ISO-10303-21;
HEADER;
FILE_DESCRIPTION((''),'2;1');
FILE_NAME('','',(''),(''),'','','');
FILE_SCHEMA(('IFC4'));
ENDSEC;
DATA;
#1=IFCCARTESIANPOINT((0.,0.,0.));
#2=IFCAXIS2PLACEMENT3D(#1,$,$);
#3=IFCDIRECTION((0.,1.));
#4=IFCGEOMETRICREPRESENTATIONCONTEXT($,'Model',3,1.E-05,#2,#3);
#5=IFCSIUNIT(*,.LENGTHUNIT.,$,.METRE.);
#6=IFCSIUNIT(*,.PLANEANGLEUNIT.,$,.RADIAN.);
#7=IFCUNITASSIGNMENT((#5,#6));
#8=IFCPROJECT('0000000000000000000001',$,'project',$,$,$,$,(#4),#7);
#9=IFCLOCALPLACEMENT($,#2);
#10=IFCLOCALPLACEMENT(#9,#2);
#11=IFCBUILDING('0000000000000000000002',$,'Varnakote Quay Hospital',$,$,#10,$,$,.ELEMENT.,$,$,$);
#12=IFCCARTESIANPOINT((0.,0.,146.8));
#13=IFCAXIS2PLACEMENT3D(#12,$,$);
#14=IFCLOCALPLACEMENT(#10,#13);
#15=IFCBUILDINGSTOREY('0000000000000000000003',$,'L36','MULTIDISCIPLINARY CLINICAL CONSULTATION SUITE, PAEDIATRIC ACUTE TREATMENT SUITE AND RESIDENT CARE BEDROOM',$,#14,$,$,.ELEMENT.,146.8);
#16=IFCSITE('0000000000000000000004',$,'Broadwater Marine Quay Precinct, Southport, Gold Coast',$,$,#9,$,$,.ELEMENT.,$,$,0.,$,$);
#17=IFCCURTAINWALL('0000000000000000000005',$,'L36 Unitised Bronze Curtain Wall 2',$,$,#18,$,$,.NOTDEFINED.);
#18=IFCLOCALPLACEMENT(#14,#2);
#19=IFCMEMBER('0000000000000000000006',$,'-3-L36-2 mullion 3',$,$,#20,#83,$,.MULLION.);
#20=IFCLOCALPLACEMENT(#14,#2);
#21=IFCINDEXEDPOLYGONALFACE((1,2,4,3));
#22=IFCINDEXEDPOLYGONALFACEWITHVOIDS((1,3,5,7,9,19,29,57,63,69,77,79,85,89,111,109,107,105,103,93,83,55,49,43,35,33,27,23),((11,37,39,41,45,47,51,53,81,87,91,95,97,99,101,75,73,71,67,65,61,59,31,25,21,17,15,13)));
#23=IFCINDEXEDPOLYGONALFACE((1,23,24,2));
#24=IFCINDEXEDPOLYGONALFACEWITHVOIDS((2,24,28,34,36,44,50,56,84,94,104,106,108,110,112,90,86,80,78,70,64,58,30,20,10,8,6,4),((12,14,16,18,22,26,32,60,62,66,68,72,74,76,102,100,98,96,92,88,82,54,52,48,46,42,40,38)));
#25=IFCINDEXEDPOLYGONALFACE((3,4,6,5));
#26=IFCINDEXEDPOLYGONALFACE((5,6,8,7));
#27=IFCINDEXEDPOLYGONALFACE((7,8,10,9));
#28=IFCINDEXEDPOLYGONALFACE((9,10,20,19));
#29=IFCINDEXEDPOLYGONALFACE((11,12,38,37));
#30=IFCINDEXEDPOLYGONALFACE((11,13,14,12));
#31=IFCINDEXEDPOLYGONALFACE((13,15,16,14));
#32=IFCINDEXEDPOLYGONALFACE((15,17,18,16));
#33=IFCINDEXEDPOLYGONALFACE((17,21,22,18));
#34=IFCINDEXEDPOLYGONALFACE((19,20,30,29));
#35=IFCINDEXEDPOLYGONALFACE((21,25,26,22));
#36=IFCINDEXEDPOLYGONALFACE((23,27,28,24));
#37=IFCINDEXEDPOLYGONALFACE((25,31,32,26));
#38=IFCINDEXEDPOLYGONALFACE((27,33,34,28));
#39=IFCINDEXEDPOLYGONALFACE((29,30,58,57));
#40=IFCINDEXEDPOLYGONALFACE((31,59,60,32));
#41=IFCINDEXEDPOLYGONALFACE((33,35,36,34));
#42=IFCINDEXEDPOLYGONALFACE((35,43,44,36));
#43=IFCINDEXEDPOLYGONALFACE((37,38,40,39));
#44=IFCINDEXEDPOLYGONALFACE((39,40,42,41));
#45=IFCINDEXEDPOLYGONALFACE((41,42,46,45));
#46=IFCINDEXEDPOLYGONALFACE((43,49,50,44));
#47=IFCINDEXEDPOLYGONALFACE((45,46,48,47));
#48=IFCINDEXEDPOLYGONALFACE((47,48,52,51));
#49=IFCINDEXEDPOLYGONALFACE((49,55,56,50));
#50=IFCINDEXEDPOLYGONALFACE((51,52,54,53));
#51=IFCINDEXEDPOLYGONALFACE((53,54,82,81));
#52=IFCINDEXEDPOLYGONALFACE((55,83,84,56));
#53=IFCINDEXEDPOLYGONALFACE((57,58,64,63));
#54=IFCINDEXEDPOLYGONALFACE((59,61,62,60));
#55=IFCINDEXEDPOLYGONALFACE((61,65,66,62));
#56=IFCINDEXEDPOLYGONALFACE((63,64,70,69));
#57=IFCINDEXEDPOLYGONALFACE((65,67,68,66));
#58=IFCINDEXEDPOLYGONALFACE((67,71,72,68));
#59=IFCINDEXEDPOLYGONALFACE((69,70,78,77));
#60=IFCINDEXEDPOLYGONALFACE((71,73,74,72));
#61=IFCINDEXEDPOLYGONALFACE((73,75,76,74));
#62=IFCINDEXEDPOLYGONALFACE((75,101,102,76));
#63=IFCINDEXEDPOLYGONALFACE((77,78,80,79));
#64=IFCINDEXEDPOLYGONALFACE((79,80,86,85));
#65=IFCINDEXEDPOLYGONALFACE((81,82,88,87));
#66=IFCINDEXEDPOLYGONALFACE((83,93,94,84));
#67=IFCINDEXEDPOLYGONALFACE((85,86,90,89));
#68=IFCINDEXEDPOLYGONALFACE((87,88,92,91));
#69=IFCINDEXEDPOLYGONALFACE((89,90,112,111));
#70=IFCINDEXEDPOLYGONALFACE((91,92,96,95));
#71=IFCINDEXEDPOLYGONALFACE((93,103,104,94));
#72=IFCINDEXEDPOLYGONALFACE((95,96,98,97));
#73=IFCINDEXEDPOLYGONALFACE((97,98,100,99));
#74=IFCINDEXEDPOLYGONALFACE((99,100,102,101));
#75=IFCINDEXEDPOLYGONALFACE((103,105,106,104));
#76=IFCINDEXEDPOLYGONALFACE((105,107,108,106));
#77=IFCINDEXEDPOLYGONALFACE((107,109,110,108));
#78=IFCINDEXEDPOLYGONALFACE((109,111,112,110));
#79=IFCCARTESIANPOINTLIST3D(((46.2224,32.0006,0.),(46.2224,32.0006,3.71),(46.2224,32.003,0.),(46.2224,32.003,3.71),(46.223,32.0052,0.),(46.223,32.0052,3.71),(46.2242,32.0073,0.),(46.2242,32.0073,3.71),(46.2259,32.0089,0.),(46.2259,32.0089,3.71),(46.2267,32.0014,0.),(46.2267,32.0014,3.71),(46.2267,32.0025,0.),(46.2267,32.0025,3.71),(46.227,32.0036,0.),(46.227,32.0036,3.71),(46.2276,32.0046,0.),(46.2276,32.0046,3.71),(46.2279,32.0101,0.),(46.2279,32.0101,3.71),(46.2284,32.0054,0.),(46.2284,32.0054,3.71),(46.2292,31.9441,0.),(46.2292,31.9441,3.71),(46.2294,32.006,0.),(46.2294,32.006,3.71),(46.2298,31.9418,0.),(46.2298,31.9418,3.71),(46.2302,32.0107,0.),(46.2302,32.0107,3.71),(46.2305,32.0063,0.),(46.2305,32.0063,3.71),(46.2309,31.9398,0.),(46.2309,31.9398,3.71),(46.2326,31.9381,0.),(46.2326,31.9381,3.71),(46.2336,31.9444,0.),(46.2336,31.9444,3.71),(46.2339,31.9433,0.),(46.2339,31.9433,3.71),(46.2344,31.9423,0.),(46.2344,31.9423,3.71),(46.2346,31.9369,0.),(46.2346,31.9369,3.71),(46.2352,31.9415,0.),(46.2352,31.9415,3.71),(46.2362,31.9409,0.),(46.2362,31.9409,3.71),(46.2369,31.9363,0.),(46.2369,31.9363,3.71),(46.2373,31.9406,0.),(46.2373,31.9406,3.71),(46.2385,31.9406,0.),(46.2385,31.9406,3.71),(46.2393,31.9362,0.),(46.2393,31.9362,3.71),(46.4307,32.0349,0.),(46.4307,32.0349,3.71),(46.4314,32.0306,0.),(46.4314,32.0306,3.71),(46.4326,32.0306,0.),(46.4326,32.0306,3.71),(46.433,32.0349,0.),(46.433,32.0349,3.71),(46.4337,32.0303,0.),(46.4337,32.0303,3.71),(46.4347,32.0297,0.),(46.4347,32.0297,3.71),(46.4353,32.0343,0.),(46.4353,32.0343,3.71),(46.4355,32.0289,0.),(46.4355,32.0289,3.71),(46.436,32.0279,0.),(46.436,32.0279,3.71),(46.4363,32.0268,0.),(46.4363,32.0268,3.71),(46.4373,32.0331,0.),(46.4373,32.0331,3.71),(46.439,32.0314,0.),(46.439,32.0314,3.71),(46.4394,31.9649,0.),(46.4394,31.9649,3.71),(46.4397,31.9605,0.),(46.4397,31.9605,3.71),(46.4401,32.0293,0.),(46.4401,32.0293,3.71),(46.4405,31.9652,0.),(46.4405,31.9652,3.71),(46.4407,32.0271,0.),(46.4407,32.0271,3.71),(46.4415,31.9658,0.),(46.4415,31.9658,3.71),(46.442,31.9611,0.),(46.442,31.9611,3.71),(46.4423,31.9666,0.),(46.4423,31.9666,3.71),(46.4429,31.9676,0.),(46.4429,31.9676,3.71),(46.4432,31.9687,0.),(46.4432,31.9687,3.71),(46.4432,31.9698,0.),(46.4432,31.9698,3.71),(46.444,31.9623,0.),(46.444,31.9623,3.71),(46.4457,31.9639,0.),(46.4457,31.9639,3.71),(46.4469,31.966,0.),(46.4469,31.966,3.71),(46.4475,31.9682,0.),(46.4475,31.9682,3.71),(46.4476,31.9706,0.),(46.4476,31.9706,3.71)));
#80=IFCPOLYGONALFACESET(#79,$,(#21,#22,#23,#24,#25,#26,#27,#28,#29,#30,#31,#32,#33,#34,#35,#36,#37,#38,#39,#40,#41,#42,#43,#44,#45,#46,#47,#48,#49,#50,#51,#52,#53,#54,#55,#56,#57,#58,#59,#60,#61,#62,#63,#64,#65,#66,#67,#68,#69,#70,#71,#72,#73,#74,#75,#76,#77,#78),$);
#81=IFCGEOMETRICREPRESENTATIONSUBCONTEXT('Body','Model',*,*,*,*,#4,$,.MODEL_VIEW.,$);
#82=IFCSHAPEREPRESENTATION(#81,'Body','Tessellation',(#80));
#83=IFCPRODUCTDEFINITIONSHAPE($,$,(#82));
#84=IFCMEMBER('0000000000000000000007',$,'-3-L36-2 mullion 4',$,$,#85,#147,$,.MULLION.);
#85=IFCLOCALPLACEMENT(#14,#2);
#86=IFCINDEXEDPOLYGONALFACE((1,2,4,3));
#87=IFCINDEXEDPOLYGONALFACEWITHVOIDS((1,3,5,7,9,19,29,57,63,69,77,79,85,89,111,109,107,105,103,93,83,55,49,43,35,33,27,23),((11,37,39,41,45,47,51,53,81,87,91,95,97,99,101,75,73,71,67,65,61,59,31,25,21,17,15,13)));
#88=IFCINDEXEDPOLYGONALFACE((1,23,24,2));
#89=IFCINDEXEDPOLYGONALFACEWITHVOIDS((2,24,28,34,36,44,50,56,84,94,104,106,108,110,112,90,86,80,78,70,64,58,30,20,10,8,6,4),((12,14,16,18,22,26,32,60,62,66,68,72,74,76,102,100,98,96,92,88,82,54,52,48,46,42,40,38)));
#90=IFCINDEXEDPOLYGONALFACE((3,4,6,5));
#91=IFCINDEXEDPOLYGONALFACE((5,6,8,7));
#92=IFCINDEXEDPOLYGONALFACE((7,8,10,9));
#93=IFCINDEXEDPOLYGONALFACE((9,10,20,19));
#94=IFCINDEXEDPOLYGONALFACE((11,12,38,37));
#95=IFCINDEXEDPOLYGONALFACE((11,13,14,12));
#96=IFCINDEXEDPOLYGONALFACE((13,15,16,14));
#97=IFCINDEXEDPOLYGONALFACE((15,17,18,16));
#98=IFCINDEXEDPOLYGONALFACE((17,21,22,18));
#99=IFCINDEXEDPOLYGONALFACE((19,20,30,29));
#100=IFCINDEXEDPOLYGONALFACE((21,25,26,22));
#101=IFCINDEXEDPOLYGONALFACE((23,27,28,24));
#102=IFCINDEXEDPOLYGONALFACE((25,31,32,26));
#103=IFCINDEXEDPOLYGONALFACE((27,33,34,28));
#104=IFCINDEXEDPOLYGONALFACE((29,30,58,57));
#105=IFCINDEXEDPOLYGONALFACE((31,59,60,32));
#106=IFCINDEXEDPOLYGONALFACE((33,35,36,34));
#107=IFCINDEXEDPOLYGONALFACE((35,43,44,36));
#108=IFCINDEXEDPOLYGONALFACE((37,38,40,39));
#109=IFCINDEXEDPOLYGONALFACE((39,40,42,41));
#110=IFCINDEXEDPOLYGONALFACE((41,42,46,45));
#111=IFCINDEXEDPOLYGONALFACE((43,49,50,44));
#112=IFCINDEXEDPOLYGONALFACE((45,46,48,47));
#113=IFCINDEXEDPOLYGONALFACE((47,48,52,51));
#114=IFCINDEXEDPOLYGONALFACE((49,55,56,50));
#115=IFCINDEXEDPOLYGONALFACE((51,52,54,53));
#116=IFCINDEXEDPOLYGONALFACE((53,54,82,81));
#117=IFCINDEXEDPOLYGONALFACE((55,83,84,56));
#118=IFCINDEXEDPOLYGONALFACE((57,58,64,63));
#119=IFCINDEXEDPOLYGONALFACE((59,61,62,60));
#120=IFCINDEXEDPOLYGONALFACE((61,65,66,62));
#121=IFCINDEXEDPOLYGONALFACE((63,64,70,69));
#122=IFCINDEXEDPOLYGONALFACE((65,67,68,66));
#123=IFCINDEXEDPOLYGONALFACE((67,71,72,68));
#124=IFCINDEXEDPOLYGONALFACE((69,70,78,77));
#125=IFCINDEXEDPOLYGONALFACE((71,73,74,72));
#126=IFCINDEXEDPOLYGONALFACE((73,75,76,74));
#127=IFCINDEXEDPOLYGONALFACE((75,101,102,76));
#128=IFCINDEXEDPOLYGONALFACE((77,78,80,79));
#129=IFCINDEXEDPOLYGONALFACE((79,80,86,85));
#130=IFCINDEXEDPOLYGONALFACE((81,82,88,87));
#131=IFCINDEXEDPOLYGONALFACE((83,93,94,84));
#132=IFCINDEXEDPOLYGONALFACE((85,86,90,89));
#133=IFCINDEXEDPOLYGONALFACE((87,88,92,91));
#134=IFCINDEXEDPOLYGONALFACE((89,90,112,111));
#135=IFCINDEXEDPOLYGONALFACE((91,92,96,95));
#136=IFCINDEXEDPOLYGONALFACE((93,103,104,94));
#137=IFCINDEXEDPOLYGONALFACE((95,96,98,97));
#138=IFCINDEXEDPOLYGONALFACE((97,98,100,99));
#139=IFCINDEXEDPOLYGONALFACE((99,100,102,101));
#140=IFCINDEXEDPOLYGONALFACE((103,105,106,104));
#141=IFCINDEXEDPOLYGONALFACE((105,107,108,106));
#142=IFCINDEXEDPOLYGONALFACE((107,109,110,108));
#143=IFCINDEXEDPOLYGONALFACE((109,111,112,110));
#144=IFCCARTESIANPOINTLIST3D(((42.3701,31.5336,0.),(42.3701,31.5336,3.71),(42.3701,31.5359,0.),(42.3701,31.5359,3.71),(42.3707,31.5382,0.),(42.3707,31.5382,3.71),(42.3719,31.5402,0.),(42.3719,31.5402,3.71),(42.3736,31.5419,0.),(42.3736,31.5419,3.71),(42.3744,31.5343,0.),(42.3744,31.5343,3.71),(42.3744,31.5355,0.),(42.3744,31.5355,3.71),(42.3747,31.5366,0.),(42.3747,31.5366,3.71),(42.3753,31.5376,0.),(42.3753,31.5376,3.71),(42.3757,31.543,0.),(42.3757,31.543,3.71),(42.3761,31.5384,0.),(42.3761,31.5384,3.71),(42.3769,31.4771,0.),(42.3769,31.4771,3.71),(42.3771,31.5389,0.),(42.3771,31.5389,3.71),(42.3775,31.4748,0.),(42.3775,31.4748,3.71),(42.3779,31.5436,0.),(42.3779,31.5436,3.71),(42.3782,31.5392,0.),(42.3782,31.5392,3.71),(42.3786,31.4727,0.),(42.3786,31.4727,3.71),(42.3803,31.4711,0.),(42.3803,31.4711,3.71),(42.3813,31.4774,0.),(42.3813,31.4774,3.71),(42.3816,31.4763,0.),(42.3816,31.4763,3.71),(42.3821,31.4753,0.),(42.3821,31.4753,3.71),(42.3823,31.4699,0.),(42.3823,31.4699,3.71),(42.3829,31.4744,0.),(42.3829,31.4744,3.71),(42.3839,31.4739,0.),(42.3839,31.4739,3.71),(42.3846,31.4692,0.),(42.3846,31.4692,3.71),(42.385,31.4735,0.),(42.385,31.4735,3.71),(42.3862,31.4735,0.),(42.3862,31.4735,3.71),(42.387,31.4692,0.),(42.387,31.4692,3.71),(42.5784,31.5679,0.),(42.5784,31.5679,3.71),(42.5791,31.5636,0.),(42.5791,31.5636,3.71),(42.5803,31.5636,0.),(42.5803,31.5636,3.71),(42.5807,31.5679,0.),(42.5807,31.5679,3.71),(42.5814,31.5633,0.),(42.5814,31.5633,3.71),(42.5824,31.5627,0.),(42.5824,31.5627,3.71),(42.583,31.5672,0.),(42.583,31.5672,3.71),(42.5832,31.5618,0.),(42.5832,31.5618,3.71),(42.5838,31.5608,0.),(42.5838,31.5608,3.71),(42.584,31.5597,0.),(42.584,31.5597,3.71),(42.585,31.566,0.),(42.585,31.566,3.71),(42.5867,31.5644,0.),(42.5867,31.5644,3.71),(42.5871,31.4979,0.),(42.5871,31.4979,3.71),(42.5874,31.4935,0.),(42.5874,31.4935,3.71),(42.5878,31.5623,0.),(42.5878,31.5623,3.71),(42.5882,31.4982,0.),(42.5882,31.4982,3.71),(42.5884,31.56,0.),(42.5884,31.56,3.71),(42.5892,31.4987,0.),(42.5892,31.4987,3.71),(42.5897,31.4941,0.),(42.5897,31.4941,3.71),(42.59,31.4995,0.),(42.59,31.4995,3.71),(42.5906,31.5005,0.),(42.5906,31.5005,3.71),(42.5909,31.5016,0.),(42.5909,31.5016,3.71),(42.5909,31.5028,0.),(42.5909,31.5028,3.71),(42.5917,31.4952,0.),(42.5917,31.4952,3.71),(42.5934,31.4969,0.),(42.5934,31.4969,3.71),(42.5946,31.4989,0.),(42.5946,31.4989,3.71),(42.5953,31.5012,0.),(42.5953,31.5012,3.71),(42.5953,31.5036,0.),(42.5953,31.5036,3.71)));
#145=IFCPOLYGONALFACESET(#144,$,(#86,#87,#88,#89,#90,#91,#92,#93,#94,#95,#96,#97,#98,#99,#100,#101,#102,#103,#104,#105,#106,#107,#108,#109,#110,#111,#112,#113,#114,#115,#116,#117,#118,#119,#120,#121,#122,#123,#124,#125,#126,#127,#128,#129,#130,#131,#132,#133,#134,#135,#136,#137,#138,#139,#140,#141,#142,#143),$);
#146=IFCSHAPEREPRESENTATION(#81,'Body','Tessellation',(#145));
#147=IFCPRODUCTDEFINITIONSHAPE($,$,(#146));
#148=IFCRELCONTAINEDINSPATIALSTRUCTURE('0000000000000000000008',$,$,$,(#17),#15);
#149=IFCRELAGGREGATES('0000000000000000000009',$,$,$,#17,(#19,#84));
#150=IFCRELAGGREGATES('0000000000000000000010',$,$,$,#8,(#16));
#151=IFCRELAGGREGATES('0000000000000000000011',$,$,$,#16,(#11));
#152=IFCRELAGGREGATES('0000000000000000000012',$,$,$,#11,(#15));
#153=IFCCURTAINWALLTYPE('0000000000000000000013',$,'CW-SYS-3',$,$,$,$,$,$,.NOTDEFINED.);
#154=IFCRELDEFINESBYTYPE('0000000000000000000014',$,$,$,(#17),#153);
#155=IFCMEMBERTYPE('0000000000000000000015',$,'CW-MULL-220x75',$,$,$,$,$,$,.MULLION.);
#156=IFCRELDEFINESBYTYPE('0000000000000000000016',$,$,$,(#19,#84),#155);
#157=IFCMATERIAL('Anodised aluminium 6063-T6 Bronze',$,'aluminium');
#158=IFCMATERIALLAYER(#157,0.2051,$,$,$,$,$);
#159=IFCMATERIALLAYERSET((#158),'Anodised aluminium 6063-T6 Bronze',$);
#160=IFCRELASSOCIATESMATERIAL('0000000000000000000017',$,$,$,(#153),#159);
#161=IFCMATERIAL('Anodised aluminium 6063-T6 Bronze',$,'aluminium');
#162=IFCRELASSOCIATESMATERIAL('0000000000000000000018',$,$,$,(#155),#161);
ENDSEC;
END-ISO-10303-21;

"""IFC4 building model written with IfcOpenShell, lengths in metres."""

from ifc_helpers import new_model, si_unit, direction, frame, origin, origin_2d, place, context, subcontext, project, spatial, hollow_rectangle, extrude, material, layer, layer_set, material_profile, profile_set, type_object, element, aggregate, save


model = new_model("IFC4")

# Units and contexts
model_context = context("Model", 3, precision=1e-05, world=origin(), true_north=direction((0.0, 1.0)))
body_context = subcontext(model_context, "Body", "Model", "MODEL_VIEW")
ifc_project = project(units=[si_unit("LENGTHUNIT", "METRE"), si_unit("PLANEANGLEUNIT", "RADIAN")], contexts=[model_context])

# Site, building, storey
site_placement = place(None, origin())
site = spatial("IfcSite", under=ifc_project, at=site_placement, Name="Broadwater Marine Quay Precinct, Southport, Gold Coast", CompositionType="ELEMENT", RefElevation=0.0)
building_placement = place(site_placement, origin())
building = spatial("IfcBuilding", under=site, at=building_placement, Name="Varnakote Quay Hospital", CompositionType="ELEMENT")
storey_placement = place(building_placement, frame((0.0, 0.0, 146.8)))
storey = spatial("IfcBuildingStorey", under=building, at=storey_placement, Name="L36", Description="MULTIDISCIPLINARY CLINICAL CONSULTATION SUITE, PAEDIATRIC ACUTE TREATMENT SUITE AND RESIDENT CARE BEDROOM", CompositionType="ELEMENT", Elevation=146.8)

# Curtain wall, members
ifc_material_1 = material(Name="Anodised aluminium 6063-T6 Bronze", Category="aluminium")
ifc_layer_1 = layer(ifc_material_1, 0.2051)
ifc_layer_set_1 = layer_set([ifc_layer_1], Name="Anodised aluminium 6063-T6 Bronze")
curtain_wall_type = type_object("IfcCurtainWallType", Name="CW-SYS-3", PredefinedType="NOTDEFINED", material=ifc_layer_set_1)
curtain_wall_placement = place(storey_placement, origin())
curtain_wall = element("IfcCurtainWall", 1, at=curtain_wall_placement, inside=storey, type_object=curtain_wall_type, Name="L36 Unitised Bronze Curtain Wall 2", PredefinedType="NOTDEFINED")
ifc_material_2 = material(Name="Anodised aluminium 6063-T6 Bronze", Category="aluminium")
ifc_material_profile_1 = material_profile(ifc_material_2, hollow_rectangle(XDim=0.075, YDim=0.22, WallThickness=0.0044, InnerFilletRadius=0.0044, OuterFilletRadius=0.009, at=origin_2d()), Name="CW-MULL-220x75")
ifc_profile_set_1 = profile_set([ifc_material_profile_1], Name="Anodised aluminium 6063-T6 Bronze")
member_type_1 = type_object("IfcMemberType", Name="CW-MULL-220x75", PredefinedType="MULLION", material=ifc_profile_set_1)
member_1_placement = place(storey_placement, frame((46.335, 31.9856, 0.0), z_axis=(0.0, 0.0, 1.0), x_axis=(0.120327, -0.992734, 0.0)))
member_1 = element("IfcMember", 2, at=member_1_placement, type_object=member_type_1, Name="-3-L36-2 mullion 3", PredefinedType="MULLION", context=body_context, shape_type="SweptSolid", body=[
    extrude(hollow_rectangle(XDim=0.075, YDim=0.22, WallThickness=0.0044, InnerFilletRadius=0.0044, OuterFilletRadius=0.009, at=origin_2d()), origin(), (0.0, 0.0, 1.0), 3.71),
])
member_2_placement = place(storey_placement, frame((42.4827, 31.5186, 0.0), z_axis=(0.0, 0.0, 1.0), x_axis=(0.120327, -0.992734, 0.0)))
member_2 = element("IfcMember", 3, at=member_2_placement, type_object=member_type_1, Name="-3-L36-2 mullion 4", PredefinedType="MULLION", context=body_context, shape_type="SweptSolid", body=[
    extrude(hollow_rectangle(XDim=0.075, YDim=0.22, WallThickness=0.0044, InnerFilletRadius=0.0044, OuterFilletRadius=0.009, at=origin_2d()), origin(), (0.0, 0.0, 1.0), 3.71),
])
aggregate(curtain_wall, [member_1, member_2])

save(model, "model.ifc")
